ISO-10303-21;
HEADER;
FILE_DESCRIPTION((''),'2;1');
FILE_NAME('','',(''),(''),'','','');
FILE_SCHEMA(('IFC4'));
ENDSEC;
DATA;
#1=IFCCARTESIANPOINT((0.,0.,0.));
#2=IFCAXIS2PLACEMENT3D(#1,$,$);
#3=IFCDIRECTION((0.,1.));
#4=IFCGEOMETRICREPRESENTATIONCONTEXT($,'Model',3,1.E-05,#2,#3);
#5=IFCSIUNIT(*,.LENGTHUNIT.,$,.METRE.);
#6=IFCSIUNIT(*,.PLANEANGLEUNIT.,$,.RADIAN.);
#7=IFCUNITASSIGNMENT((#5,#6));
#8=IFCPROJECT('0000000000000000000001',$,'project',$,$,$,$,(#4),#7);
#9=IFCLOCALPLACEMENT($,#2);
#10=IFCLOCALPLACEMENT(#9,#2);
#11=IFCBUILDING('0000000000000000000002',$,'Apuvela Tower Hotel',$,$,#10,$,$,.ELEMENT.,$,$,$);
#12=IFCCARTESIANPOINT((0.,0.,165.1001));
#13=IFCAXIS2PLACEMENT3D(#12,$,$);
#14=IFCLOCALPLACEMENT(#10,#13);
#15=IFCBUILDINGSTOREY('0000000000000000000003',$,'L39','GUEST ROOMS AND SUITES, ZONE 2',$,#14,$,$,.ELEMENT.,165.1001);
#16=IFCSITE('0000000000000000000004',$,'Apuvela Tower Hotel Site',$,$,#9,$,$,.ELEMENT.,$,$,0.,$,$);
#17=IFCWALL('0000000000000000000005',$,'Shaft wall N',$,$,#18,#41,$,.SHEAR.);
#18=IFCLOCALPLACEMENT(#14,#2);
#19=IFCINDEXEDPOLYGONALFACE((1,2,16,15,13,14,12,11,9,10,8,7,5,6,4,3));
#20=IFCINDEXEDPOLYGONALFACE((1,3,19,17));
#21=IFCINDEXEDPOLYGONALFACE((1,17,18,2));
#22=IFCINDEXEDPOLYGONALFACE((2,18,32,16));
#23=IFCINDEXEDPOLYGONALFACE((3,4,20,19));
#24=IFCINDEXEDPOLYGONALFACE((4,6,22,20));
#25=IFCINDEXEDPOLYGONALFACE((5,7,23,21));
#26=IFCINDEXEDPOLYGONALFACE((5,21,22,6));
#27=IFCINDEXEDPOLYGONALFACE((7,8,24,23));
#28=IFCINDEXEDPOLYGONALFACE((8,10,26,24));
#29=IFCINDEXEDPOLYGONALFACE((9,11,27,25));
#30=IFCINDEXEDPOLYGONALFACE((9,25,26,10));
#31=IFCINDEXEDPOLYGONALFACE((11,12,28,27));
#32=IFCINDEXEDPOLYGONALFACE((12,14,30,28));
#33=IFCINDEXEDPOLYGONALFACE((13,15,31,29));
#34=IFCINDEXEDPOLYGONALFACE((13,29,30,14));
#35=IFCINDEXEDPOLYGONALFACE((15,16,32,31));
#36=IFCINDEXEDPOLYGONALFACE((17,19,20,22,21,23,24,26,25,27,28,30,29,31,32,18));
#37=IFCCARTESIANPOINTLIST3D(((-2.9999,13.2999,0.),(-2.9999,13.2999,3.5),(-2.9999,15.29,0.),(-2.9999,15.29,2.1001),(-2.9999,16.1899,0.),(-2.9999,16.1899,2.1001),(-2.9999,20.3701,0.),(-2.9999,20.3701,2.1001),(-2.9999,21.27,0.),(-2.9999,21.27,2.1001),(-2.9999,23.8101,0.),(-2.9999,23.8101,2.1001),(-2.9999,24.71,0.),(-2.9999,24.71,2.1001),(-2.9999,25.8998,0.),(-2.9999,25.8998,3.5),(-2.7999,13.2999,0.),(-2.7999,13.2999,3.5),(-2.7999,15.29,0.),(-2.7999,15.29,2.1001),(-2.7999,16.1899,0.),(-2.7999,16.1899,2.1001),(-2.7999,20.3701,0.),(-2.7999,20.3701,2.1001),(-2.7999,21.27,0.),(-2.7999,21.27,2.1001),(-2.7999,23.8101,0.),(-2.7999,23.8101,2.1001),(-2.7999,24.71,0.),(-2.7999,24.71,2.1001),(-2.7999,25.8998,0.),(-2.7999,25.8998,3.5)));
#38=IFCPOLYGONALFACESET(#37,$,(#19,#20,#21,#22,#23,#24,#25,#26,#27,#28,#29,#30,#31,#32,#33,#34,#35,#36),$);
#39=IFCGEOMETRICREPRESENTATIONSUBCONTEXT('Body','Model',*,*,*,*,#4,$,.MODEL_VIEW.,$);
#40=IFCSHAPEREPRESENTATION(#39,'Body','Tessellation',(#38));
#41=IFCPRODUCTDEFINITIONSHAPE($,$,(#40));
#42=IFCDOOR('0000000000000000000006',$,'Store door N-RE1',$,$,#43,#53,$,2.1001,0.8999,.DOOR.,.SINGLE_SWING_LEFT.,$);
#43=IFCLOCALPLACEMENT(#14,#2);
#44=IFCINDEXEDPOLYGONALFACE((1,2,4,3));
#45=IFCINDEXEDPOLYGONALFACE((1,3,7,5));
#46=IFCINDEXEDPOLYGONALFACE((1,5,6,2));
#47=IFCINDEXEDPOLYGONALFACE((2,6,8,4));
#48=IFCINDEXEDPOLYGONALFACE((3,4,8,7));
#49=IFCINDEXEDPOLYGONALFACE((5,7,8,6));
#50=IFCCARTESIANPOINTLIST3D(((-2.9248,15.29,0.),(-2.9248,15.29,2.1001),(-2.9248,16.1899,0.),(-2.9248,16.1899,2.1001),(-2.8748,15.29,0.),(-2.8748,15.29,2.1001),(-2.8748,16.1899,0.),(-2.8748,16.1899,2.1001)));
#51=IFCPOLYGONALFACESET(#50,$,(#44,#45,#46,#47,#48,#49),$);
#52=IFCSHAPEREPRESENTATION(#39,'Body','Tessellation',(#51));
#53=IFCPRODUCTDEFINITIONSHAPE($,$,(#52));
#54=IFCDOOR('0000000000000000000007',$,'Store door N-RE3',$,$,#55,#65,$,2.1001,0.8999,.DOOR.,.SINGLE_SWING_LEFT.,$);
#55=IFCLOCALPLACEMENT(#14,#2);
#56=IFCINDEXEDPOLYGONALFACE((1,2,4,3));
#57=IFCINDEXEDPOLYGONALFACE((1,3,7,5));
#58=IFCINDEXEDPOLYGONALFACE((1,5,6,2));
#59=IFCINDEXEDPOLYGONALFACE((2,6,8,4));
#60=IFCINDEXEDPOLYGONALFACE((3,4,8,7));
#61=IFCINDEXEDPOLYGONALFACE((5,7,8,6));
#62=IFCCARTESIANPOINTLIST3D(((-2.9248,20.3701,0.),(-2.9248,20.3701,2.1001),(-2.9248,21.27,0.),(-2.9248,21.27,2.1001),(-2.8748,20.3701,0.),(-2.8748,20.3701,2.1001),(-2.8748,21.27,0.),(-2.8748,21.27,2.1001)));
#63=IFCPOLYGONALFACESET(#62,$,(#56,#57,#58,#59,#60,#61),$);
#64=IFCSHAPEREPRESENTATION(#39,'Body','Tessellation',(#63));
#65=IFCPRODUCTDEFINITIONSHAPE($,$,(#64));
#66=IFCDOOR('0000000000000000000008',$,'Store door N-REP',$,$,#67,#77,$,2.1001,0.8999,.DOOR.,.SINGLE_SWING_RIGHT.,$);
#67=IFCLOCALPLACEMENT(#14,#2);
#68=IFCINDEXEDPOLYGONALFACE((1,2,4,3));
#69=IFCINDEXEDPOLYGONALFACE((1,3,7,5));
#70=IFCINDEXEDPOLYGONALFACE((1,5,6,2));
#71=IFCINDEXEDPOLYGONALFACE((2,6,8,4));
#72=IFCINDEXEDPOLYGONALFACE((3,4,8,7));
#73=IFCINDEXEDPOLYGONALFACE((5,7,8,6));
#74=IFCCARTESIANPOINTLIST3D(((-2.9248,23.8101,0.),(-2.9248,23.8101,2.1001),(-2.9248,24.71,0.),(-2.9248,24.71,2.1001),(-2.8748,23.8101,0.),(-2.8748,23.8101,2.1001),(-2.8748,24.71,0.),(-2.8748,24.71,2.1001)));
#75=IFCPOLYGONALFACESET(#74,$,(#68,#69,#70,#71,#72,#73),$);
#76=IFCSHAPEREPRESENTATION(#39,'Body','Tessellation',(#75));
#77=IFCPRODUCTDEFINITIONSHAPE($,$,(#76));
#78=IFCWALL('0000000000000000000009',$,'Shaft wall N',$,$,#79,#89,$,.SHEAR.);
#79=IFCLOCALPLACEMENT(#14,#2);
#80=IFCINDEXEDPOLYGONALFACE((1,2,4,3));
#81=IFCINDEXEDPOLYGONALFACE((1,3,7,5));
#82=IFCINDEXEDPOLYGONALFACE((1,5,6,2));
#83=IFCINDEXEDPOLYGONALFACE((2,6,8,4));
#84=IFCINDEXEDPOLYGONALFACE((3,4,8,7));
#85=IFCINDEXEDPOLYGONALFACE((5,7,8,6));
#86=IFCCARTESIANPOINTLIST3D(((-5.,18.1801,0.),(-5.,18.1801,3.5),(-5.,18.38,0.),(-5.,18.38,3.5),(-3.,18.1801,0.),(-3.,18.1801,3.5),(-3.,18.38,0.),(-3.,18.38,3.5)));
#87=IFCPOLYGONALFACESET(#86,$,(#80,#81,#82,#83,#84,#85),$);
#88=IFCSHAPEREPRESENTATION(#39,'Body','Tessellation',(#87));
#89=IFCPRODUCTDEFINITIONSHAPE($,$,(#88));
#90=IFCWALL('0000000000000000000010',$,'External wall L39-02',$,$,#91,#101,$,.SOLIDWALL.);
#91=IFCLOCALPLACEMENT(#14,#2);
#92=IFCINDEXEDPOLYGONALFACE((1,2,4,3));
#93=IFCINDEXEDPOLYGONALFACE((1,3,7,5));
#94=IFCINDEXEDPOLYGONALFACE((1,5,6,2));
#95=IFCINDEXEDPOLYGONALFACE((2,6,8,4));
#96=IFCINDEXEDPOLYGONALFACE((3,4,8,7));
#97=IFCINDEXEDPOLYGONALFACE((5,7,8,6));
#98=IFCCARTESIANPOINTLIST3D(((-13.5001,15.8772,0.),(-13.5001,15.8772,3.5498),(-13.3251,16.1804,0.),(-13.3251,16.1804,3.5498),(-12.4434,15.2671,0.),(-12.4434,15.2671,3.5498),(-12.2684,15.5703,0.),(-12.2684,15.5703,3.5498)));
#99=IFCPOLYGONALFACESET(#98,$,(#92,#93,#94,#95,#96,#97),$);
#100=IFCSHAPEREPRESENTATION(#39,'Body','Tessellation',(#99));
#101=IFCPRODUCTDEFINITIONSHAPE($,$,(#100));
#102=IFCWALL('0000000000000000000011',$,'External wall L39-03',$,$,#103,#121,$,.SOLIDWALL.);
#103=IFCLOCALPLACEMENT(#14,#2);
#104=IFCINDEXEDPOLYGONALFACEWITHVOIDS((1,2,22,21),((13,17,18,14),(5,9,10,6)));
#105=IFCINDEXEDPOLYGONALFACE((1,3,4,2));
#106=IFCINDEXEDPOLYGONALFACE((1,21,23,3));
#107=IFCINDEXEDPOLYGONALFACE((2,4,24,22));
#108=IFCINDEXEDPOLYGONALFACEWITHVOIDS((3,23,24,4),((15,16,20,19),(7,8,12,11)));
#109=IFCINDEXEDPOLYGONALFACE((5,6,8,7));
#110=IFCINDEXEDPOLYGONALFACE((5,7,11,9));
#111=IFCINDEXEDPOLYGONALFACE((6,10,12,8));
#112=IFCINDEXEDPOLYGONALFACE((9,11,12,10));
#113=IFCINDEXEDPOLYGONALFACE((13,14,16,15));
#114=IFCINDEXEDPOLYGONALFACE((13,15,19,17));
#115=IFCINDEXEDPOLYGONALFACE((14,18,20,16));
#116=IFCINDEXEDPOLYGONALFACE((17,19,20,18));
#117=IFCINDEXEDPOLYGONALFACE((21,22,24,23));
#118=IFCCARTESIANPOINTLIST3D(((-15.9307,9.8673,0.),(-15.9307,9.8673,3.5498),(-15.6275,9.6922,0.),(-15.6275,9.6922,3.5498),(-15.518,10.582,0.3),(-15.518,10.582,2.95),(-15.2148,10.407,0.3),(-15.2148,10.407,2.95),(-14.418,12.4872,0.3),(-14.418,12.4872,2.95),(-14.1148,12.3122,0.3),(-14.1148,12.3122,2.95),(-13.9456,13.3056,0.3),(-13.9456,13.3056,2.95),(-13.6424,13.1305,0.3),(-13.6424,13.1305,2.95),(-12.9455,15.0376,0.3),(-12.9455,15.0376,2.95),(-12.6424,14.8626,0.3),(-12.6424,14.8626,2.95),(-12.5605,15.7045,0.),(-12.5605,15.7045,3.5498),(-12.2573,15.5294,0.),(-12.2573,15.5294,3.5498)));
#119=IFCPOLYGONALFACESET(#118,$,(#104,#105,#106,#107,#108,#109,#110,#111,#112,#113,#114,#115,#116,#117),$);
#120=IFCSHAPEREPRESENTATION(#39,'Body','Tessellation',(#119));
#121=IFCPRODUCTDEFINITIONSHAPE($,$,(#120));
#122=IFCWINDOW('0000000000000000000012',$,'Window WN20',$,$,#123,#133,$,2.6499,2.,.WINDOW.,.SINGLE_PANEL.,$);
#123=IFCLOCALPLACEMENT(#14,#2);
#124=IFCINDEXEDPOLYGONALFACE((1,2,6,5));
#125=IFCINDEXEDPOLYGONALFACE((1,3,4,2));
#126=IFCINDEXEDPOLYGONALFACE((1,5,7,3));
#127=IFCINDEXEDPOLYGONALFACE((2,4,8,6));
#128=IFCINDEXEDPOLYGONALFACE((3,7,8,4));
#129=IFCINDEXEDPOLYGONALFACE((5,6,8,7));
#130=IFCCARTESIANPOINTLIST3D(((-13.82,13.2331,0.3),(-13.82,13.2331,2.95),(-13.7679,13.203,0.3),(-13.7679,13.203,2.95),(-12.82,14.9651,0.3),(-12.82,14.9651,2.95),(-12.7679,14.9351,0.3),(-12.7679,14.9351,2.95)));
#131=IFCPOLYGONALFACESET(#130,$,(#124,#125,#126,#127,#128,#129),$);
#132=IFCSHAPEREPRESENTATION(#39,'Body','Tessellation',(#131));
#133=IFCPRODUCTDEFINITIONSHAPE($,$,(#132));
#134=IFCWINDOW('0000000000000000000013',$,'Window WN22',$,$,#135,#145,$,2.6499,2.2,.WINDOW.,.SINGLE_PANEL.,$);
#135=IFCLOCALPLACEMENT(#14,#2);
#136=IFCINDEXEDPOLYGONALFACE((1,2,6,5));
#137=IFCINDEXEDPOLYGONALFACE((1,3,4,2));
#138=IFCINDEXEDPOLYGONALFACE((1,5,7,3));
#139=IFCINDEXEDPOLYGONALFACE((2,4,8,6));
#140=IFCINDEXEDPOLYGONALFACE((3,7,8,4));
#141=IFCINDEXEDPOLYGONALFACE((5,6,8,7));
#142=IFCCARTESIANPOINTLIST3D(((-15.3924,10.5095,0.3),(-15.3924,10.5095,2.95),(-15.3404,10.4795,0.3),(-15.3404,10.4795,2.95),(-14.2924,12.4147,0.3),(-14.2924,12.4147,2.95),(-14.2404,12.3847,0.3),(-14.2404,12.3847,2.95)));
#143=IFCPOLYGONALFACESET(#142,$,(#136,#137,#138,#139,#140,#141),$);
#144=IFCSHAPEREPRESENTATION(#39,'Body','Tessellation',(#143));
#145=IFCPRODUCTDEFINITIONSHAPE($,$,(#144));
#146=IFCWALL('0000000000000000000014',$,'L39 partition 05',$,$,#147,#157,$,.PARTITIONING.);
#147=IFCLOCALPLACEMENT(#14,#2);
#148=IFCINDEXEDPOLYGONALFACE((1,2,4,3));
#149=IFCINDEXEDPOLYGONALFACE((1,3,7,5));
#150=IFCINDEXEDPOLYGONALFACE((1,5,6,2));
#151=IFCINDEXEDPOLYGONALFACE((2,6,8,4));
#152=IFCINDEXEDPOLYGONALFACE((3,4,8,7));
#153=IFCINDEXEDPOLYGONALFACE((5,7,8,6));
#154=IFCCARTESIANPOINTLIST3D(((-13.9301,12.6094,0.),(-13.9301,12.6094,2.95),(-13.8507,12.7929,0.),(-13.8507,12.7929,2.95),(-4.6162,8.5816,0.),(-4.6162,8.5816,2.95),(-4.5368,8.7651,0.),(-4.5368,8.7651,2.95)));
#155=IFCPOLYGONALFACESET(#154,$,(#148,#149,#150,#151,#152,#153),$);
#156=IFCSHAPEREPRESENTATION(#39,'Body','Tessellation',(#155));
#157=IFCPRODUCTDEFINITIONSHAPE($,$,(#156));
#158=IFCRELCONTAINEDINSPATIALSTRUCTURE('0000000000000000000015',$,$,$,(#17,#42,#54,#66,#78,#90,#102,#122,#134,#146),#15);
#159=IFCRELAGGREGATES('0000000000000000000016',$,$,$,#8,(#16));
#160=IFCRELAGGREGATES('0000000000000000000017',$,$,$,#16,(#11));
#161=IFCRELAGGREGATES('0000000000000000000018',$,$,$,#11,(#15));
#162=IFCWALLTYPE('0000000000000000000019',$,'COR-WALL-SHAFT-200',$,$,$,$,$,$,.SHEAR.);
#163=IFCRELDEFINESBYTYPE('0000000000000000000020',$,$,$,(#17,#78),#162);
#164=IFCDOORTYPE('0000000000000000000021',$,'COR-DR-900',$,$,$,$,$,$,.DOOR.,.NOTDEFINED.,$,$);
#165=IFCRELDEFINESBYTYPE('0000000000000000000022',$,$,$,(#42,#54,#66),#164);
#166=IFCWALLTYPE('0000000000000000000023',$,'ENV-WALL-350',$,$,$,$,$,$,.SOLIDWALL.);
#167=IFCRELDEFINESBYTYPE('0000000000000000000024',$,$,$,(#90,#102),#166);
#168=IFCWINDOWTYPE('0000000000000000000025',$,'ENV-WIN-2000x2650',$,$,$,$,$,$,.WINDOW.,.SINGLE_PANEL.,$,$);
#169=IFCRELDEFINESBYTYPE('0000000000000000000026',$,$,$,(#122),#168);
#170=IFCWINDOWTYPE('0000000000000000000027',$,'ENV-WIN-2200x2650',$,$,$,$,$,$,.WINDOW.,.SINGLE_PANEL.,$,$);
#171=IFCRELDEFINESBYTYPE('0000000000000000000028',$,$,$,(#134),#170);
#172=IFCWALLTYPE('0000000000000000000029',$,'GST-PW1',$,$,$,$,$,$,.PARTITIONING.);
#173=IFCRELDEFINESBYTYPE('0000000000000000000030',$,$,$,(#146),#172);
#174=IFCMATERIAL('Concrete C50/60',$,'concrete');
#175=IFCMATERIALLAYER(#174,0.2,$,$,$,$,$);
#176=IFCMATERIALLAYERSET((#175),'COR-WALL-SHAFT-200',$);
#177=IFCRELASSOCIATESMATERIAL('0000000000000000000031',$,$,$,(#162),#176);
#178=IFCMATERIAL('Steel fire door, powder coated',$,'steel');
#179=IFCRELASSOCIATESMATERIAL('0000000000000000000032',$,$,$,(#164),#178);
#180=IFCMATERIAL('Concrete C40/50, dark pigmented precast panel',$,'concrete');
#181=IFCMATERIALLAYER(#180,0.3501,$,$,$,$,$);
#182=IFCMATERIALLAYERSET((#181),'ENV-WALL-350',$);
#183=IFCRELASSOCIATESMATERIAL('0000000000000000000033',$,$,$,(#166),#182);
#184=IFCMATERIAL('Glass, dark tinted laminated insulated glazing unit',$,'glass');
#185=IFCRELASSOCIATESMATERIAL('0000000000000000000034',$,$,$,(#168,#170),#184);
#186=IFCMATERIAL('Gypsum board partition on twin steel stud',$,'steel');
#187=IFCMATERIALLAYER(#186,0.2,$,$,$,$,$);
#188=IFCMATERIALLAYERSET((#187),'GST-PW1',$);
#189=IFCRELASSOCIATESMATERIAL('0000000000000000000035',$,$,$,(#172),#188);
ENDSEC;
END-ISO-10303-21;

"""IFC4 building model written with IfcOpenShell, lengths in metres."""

from ifc_helpers import new_model, si_unit, direction, frame, frame_2d, origin, place, context, subcontext, project, spatial, rectangle, extrude, material, layer, layer_set, type_object, element, fill, save


model = new_model("IFC4")

# Units and contexts
model_context = context("Model", 3, precision=1e-05, world=origin(), true_north=direction((0.0, 1.0)))
body_context = subcontext(model_context, "Body", "Model", "MODEL_VIEW")
ifc_project = project(units=[si_unit("LENGTHUNIT", "METRE"), si_unit("PLANEANGLEUNIT", "RADIAN")], contexts=[model_context])

# Site, building, storey
site_placement = place(None, origin())
site = spatial("IfcSite", under=ifc_project, at=site_placement, Name="Apuvela Tower Hotel Site", CompositionType="ELEMENT", RefElevation=0.0)
building_placement = place(site_placement, origin())
building = spatial("IfcBuilding", under=site, at=building_placement, Name="Apuvela Tower Hotel", CompositionType="ELEMENT")
storey_placement = place(building_placement, frame((0.0, 0.0, 165.1001)))
storey = spatial("IfcBuildingStorey", under=building, at=storey_placement, Name="L39", Description="GUEST ROOMS AND SUITES, ZONE 2", CompositionType="ELEMENT", Elevation=165.1001)

# Shared definitions
ifc_material_1 = material(Name="Concrete C50/60", Category="concrete")
ifc_layer_1 = layer(ifc_material_1, 0.2)
ifc_layer_set_1 = layer_set([ifc_layer_1], Name="COR-WALL-SHAFT-200")
wall_type_1 = type_object("IfcWallType", Name="COR-WALL-SHAFT-200", PredefinedType="SHEAR", material=ifc_layer_set_1)

# Wall, openings, doors
wall_1_placement = place(storey_placement, frame((-2.8999, 13.3, 0.0), z_axis=(0.0, 0.0, 1.0), x_axis=(0.0, 1.0, 0.0)))
wall_1 = element("IfcWall", 1, at=wall_1_placement, inside=storey, type_object=wall_type_1, Name="Shaft wall N", PredefinedType="SHEAR", context=body_context, shape_type="SweptSolid", body=[
    extrude(rectangle(XDim=12.5999, YDim=0.2, at=frame_2d((6.2998, 0.0))), origin(), (0.0, 0.0, 1.0), 3.5),
])
opening_1_placement = place(wall_1_placement, frame((1.99, 0.0, 0.0)))
opening_1 = element("IfcOpeningElement", 2, at=opening_1_placement, cuts=wall_1, PredefinedType="OPENING", context=body_context, shape_type="SweptSolid", body=[
    extrude(rectangle(XDim=0.8999, YDim=2.1001, at=frame_2d((0.45, 1.05))), frame((0.0, 0.1099, 0.0), z_axis=(0.0, -1.0, 0.0), x_axis=(1.0, 0.0, 0.0)), (0.0, 0.0, 1.0), 0.22),
])
opening_2_placement = place(wall_1_placement, frame((7.0701, 0.0, 0.0)))
opening_2 = element("IfcOpeningElement", 3, at=opening_2_placement, cuts=wall_1, PredefinedType="OPENING", context=body_context, shape_type="SweptSolid", body=[
    extrude(rectangle(XDim=0.8999, YDim=2.1001, at=frame_2d((0.45, 1.05))), frame((0.0, 0.1099, 0.0), z_axis=(0.0, -1.0, 0.0), x_axis=(1.0, 0.0, 0.0)), (0.0, 0.0, 1.0), 0.22),
])
opening_3_placement = place(wall_1_placement, frame((10.51, 0.0, 0.0)))
opening_3 = element("IfcOpeningElement", 4, at=opening_3_placement, cuts=wall_1, PredefinedType="OPENING", context=body_context, shape_type="SweptSolid", body=[
    extrude(rectangle(XDim=0.8999, YDim=2.1001, at=frame_2d((0.45, 1.05))), frame((0.0, 0.1099, 0.0), z_axis=(0.0, -1.0, 0.0), x_axis=(1.0, 0.0, 0.0)), (0.0, 0.0, 1.0), 0.22),
])
ifc_material_2 = material(Name="Steel fire door, powder coated", Category="steel")
door_type_1 = type_object("IfcDoorType", Name="COR-DR-900", OperationType="NOTDEFINED", PredefinedType="DOOR", material=ifc_material_2)
door_1_placement = place(opening_1_placement, origin())
door_1 = element("IfcDoor", 5, at=door_1_placement, inside=storey, type_object=door_type_1, Name="Store door N-RE1", OperationType="SINGLE_SWING_LEFT", OverallHeight=2.1001, OverallWidth=0.8999, PredefinedType="DOOR", context=body_context, shape_type="SweptSolid", body=[
    extrude(rectangle(XDim=0.8999, YDim=2.1001, at=frame_2d((0.45, 1.05))), frame((0.0, 0.0249, 0.0), z_axis=(0.0, -1.0, 0.0), x_axis=(1.0, 0.0, 0.0)), (0.0, 0.0, 1.0), 0.05),
])
fill(opening_1, door_1)
door_2_placement = place(opening_2_placement, origin())
door_2 = element("IfcDoor", 6, at=door_2_placement, inside=storey, type_object=door_type_1, Name="Store door N-RE3", OperationType="SINGLE_SWING_LEFT", OverallHeight=2.1001, OverallWidth=0.8999, PredefinedType="DOOR", context=body_context, shape_type="SweptSolid", body=[
    extrude(rectangle(XDim=0.8999, YDim=2.1001, at=frame_2d((0.45, 1.05))), frame((0.0, 0.0249, 0.0), z_axis=(0.0, -1.0, 0.0), x_axis=(1.0, 0.0, 0.0)), (0.0, 0.0, 1.0), 0.05),
])
fill(opening_2, door_2)
door_3_placement = place(opening_3_placement, origin())
door_3 = element("IfcDoor", 7, at=door_3_placement, inside=storey, type_object=door_type_1, Name="Store door N-REP", OperationType="SINGLE_SWING_RIGHT", OverallHeight=2.1001, OverallWidth=0.8999, PredefinedType="DOOR", context=body_context, shape_type="SweptSolid", body=[
    extrude(rectangle(XDim=0.8999, YDim=2.1001, at=frame_2d((0.45, 1.05))), frame((0.0, 0.0249, 0.0), z_axis=(0.0, -1.0, 0.0), x_axis=(1.0, 0.0, 0.0)), (0.0, 0.0, 1.0), 0.05),
])
fill(opening_3, door_3)

# Walls
wall_2_placement = place(storey_placement, frame((-3.0, 18.28, 0.0), z_axis=(0.0, 0.0, 1.0), x_axis=(-1.0, 0.0, 0.0)))
element("IfcWall", 8, at=wall_2_placement, inside=storey, type_object=wall_type_1, Name="Shaft wall N", PredefinedType="SHEAR", context=body_context, shape_type="SweptSolid", body=[
    extrude(rectangle(XDim=2.0, YDim=0.2, at=frame_2d((1.0, 0.0))), origin(), (0.0, 0.0, 1.0), 3.5),
])
ifc_material_3 = material(Name="Concrete C40/50, dark pigmented precast panel", Category="concrete")
ifc_layer_2 = layer(ifc_material_3, 0.3501)
ifc_layer_set_2 = layer_set([ifc_layer_2], Name="ENV-WALL-350")
wall_type_2 = type_object("IfcWallType", Name="ENV-WALL-350", PredefinedType="SOLIDWALL", material=ifc_layer_set_2)
wall_3_placement = place(storey_placement, frame((-13.4126, 16.0288, 0.0), z_axis=(0.0, 0.0, 1.0), x_axis=(0.866006, -0.500034, 0.0)))
element("IfcWall", 9, at=wall_3_placement, inside=storey, type_object=wall_type_2, Name="External wall L39-02", PredefinedType="SOLIDWALL", context=body_context, shape_type="SweptSolid", body=[
    extrude(rectangle(XDim=1.2202, YDim=0.3501, at=frame_2d((0.6101, 0.0))), origin(), (0.0, 0.0, 1.0), 3.5498),
])

# Wall, openings, windows
wall_4_placement = place(storey_placement, frame((-12.4089, 15.6169, 0.0), z_axis=(0.0, 0.0, 1.0), x_axis=(-0.500004, -0.866023, 0.0)))
wall_4 = element("IfcWall", 10, at=wall_4_placement, inside=storey, type_object=wall_type_2, Name="External wall L39-03", PredefinedType="SOLIDWALL", context=body_context, shape_type="SweptSolid", body=[
    extrude(rectangle(XDim=6.7402, YDim=0.3501, at=frame_2d((3.3701, 0.0))), origin(), (0.0, 0.0, 1.0), 3.5498),
])
opening_4_placement = place(wall_4_placement, frame((0.77, 0.0, 0.3)))
opening_4 = element("IfcOpeningElement", 11, at=opening_4_placement, cuts=wall_4, PredefinedType="OPENING", context=body_context, shape_type="SweptSolid", body=[
    extrude(rectangle(XDim=2.0, YDim=2.6499, at=frame_2d((1.0, 1.325))), frame((0.0, 0.1851, 0.0), z_axis=(0.0, -1.0, 0.0), x_axis=(1.0, 0.0, 0.0)), (0.0, 0.0, 1.0), 0.3701),
])
opening_5_placement = place(wall_4_placement, frame((3.7148, 0.0, 0.3)))
opening_5 = element("IfcOpeningElement", 12, at=opening_5_placement, cuts=wall_4, PredefinedType="OPENING", context=body_context, shape_type="SweptSolid", body=[
    extrude(rectangle(XDim=2.2, YDim=2.6499, at=frame_2d((1.1001, 1.325))), frame((0.0, 0.1851, 0.0), z_axis=(0.0, -1.0, 0.0), x_axis=(1.0, 0.0, 0.0)), (0.0, 0.0, 1.0), 0.3701),
])
ifc_material_4 = material(Name="Glass, dark tinted laminated insulated glazing unit", Category="glass")
window_type_1 = type_object("IfcWindowType", Name="ENV-WIN-2000x2650", PartitioningType="SINGLE_PANEL", PredefinedType="WINDOW", material=ifc_material_4)
window_1_placement = place(opening_4_placement, origin())
window_1 = element("IfcWindow", 13, at=window_1_placement, inside=storey, type_object=window_type_1, Name="Window WN20", OverallHeight=2.6499, OverallWidth=2.0, PartitioningType="SINGLE_PANEL", PredefinedType="WINDOW", context=body_context, shape_type="SweptSolid", body=[
    extrude(rectangle(XDim=2.0, YDim=2.6499, at=frame_2d((1.0, 1.325))), frame((0.0, 0.03, 0.0), z_axis=(0.0, -1.0, 0.0), x_axis=(1.0, 0.0, 0.0)), (0.0, 0.0, 1.0), 0.0601),
])
fill(opening_4, window_1)
window_type_2 = type_object("IfcWindowType", Name="ENV-WIN-2200x2650", PartitioningType="SINGLE_PANEL", PredefinedType="WINDOW", material=ifc_material_4)
window_2_placement = place(opening_5_placement, origin())
window_2 = element("IfcWindow", 14, at=window_2_placement, inside=storey, type_object=window_type_2, Name="Window WN22", OverallHeight=2.6499, OverallWidth=2.2, PartitioningType="SINGLE_PANEL", PredefinedType="WINDOW", context=body_context, shape_type="SweptSolid", body=[
    extrude(rectangle(XDim=2.2, YDim=2.6499, at=frame_2d((1.1001, 1.325))), frame((0.0, 0.03, 0.0), z_axis=(0.0, -1.0, 0.0), x_axis=(1.0, 0.0, 0.0)), (0.0, 0.0, 1.0), 0.0601),
])
fill(opening_5, window_2)

# Wall
ifc_material_5 = material(Name="Gypsum board partition on twin steel stud", Category="steel")
ifc_layer_3 = layer(ifc_material_5, 0.2)
ifc_layer_set_3 = layer_set([ifc_layer_3], Name="GST-PW1")
wall_type_3 = type_object("IfcWallType", Name="GST-PW1", PredefinedType="PARTITIONING", material=ifc_layer_set_3)
wall_5_placement = place(storey_placement, frame((-13.8904, 12.7012, 0.0), z_axis=(0.0, 0.0, 1.0), x_axis=(0.917851, -0.396925, 0.0)))
element("IfcWall", 15, at=wall_5_placement, inside=storey, type_object=wall_type_3, Name="L39 partition 05", PredefinedType="PARTITIONING", context=body_context, shape_type="SweptSolid", body=[
    extrude(rectangle(XDim=10.1475, YDim=0.2, at=frame_2d((5.0737, 0.0))), origin(), (0.0, 0.0, 1.0), 2.95),
])

save(model, "model.ifc")
